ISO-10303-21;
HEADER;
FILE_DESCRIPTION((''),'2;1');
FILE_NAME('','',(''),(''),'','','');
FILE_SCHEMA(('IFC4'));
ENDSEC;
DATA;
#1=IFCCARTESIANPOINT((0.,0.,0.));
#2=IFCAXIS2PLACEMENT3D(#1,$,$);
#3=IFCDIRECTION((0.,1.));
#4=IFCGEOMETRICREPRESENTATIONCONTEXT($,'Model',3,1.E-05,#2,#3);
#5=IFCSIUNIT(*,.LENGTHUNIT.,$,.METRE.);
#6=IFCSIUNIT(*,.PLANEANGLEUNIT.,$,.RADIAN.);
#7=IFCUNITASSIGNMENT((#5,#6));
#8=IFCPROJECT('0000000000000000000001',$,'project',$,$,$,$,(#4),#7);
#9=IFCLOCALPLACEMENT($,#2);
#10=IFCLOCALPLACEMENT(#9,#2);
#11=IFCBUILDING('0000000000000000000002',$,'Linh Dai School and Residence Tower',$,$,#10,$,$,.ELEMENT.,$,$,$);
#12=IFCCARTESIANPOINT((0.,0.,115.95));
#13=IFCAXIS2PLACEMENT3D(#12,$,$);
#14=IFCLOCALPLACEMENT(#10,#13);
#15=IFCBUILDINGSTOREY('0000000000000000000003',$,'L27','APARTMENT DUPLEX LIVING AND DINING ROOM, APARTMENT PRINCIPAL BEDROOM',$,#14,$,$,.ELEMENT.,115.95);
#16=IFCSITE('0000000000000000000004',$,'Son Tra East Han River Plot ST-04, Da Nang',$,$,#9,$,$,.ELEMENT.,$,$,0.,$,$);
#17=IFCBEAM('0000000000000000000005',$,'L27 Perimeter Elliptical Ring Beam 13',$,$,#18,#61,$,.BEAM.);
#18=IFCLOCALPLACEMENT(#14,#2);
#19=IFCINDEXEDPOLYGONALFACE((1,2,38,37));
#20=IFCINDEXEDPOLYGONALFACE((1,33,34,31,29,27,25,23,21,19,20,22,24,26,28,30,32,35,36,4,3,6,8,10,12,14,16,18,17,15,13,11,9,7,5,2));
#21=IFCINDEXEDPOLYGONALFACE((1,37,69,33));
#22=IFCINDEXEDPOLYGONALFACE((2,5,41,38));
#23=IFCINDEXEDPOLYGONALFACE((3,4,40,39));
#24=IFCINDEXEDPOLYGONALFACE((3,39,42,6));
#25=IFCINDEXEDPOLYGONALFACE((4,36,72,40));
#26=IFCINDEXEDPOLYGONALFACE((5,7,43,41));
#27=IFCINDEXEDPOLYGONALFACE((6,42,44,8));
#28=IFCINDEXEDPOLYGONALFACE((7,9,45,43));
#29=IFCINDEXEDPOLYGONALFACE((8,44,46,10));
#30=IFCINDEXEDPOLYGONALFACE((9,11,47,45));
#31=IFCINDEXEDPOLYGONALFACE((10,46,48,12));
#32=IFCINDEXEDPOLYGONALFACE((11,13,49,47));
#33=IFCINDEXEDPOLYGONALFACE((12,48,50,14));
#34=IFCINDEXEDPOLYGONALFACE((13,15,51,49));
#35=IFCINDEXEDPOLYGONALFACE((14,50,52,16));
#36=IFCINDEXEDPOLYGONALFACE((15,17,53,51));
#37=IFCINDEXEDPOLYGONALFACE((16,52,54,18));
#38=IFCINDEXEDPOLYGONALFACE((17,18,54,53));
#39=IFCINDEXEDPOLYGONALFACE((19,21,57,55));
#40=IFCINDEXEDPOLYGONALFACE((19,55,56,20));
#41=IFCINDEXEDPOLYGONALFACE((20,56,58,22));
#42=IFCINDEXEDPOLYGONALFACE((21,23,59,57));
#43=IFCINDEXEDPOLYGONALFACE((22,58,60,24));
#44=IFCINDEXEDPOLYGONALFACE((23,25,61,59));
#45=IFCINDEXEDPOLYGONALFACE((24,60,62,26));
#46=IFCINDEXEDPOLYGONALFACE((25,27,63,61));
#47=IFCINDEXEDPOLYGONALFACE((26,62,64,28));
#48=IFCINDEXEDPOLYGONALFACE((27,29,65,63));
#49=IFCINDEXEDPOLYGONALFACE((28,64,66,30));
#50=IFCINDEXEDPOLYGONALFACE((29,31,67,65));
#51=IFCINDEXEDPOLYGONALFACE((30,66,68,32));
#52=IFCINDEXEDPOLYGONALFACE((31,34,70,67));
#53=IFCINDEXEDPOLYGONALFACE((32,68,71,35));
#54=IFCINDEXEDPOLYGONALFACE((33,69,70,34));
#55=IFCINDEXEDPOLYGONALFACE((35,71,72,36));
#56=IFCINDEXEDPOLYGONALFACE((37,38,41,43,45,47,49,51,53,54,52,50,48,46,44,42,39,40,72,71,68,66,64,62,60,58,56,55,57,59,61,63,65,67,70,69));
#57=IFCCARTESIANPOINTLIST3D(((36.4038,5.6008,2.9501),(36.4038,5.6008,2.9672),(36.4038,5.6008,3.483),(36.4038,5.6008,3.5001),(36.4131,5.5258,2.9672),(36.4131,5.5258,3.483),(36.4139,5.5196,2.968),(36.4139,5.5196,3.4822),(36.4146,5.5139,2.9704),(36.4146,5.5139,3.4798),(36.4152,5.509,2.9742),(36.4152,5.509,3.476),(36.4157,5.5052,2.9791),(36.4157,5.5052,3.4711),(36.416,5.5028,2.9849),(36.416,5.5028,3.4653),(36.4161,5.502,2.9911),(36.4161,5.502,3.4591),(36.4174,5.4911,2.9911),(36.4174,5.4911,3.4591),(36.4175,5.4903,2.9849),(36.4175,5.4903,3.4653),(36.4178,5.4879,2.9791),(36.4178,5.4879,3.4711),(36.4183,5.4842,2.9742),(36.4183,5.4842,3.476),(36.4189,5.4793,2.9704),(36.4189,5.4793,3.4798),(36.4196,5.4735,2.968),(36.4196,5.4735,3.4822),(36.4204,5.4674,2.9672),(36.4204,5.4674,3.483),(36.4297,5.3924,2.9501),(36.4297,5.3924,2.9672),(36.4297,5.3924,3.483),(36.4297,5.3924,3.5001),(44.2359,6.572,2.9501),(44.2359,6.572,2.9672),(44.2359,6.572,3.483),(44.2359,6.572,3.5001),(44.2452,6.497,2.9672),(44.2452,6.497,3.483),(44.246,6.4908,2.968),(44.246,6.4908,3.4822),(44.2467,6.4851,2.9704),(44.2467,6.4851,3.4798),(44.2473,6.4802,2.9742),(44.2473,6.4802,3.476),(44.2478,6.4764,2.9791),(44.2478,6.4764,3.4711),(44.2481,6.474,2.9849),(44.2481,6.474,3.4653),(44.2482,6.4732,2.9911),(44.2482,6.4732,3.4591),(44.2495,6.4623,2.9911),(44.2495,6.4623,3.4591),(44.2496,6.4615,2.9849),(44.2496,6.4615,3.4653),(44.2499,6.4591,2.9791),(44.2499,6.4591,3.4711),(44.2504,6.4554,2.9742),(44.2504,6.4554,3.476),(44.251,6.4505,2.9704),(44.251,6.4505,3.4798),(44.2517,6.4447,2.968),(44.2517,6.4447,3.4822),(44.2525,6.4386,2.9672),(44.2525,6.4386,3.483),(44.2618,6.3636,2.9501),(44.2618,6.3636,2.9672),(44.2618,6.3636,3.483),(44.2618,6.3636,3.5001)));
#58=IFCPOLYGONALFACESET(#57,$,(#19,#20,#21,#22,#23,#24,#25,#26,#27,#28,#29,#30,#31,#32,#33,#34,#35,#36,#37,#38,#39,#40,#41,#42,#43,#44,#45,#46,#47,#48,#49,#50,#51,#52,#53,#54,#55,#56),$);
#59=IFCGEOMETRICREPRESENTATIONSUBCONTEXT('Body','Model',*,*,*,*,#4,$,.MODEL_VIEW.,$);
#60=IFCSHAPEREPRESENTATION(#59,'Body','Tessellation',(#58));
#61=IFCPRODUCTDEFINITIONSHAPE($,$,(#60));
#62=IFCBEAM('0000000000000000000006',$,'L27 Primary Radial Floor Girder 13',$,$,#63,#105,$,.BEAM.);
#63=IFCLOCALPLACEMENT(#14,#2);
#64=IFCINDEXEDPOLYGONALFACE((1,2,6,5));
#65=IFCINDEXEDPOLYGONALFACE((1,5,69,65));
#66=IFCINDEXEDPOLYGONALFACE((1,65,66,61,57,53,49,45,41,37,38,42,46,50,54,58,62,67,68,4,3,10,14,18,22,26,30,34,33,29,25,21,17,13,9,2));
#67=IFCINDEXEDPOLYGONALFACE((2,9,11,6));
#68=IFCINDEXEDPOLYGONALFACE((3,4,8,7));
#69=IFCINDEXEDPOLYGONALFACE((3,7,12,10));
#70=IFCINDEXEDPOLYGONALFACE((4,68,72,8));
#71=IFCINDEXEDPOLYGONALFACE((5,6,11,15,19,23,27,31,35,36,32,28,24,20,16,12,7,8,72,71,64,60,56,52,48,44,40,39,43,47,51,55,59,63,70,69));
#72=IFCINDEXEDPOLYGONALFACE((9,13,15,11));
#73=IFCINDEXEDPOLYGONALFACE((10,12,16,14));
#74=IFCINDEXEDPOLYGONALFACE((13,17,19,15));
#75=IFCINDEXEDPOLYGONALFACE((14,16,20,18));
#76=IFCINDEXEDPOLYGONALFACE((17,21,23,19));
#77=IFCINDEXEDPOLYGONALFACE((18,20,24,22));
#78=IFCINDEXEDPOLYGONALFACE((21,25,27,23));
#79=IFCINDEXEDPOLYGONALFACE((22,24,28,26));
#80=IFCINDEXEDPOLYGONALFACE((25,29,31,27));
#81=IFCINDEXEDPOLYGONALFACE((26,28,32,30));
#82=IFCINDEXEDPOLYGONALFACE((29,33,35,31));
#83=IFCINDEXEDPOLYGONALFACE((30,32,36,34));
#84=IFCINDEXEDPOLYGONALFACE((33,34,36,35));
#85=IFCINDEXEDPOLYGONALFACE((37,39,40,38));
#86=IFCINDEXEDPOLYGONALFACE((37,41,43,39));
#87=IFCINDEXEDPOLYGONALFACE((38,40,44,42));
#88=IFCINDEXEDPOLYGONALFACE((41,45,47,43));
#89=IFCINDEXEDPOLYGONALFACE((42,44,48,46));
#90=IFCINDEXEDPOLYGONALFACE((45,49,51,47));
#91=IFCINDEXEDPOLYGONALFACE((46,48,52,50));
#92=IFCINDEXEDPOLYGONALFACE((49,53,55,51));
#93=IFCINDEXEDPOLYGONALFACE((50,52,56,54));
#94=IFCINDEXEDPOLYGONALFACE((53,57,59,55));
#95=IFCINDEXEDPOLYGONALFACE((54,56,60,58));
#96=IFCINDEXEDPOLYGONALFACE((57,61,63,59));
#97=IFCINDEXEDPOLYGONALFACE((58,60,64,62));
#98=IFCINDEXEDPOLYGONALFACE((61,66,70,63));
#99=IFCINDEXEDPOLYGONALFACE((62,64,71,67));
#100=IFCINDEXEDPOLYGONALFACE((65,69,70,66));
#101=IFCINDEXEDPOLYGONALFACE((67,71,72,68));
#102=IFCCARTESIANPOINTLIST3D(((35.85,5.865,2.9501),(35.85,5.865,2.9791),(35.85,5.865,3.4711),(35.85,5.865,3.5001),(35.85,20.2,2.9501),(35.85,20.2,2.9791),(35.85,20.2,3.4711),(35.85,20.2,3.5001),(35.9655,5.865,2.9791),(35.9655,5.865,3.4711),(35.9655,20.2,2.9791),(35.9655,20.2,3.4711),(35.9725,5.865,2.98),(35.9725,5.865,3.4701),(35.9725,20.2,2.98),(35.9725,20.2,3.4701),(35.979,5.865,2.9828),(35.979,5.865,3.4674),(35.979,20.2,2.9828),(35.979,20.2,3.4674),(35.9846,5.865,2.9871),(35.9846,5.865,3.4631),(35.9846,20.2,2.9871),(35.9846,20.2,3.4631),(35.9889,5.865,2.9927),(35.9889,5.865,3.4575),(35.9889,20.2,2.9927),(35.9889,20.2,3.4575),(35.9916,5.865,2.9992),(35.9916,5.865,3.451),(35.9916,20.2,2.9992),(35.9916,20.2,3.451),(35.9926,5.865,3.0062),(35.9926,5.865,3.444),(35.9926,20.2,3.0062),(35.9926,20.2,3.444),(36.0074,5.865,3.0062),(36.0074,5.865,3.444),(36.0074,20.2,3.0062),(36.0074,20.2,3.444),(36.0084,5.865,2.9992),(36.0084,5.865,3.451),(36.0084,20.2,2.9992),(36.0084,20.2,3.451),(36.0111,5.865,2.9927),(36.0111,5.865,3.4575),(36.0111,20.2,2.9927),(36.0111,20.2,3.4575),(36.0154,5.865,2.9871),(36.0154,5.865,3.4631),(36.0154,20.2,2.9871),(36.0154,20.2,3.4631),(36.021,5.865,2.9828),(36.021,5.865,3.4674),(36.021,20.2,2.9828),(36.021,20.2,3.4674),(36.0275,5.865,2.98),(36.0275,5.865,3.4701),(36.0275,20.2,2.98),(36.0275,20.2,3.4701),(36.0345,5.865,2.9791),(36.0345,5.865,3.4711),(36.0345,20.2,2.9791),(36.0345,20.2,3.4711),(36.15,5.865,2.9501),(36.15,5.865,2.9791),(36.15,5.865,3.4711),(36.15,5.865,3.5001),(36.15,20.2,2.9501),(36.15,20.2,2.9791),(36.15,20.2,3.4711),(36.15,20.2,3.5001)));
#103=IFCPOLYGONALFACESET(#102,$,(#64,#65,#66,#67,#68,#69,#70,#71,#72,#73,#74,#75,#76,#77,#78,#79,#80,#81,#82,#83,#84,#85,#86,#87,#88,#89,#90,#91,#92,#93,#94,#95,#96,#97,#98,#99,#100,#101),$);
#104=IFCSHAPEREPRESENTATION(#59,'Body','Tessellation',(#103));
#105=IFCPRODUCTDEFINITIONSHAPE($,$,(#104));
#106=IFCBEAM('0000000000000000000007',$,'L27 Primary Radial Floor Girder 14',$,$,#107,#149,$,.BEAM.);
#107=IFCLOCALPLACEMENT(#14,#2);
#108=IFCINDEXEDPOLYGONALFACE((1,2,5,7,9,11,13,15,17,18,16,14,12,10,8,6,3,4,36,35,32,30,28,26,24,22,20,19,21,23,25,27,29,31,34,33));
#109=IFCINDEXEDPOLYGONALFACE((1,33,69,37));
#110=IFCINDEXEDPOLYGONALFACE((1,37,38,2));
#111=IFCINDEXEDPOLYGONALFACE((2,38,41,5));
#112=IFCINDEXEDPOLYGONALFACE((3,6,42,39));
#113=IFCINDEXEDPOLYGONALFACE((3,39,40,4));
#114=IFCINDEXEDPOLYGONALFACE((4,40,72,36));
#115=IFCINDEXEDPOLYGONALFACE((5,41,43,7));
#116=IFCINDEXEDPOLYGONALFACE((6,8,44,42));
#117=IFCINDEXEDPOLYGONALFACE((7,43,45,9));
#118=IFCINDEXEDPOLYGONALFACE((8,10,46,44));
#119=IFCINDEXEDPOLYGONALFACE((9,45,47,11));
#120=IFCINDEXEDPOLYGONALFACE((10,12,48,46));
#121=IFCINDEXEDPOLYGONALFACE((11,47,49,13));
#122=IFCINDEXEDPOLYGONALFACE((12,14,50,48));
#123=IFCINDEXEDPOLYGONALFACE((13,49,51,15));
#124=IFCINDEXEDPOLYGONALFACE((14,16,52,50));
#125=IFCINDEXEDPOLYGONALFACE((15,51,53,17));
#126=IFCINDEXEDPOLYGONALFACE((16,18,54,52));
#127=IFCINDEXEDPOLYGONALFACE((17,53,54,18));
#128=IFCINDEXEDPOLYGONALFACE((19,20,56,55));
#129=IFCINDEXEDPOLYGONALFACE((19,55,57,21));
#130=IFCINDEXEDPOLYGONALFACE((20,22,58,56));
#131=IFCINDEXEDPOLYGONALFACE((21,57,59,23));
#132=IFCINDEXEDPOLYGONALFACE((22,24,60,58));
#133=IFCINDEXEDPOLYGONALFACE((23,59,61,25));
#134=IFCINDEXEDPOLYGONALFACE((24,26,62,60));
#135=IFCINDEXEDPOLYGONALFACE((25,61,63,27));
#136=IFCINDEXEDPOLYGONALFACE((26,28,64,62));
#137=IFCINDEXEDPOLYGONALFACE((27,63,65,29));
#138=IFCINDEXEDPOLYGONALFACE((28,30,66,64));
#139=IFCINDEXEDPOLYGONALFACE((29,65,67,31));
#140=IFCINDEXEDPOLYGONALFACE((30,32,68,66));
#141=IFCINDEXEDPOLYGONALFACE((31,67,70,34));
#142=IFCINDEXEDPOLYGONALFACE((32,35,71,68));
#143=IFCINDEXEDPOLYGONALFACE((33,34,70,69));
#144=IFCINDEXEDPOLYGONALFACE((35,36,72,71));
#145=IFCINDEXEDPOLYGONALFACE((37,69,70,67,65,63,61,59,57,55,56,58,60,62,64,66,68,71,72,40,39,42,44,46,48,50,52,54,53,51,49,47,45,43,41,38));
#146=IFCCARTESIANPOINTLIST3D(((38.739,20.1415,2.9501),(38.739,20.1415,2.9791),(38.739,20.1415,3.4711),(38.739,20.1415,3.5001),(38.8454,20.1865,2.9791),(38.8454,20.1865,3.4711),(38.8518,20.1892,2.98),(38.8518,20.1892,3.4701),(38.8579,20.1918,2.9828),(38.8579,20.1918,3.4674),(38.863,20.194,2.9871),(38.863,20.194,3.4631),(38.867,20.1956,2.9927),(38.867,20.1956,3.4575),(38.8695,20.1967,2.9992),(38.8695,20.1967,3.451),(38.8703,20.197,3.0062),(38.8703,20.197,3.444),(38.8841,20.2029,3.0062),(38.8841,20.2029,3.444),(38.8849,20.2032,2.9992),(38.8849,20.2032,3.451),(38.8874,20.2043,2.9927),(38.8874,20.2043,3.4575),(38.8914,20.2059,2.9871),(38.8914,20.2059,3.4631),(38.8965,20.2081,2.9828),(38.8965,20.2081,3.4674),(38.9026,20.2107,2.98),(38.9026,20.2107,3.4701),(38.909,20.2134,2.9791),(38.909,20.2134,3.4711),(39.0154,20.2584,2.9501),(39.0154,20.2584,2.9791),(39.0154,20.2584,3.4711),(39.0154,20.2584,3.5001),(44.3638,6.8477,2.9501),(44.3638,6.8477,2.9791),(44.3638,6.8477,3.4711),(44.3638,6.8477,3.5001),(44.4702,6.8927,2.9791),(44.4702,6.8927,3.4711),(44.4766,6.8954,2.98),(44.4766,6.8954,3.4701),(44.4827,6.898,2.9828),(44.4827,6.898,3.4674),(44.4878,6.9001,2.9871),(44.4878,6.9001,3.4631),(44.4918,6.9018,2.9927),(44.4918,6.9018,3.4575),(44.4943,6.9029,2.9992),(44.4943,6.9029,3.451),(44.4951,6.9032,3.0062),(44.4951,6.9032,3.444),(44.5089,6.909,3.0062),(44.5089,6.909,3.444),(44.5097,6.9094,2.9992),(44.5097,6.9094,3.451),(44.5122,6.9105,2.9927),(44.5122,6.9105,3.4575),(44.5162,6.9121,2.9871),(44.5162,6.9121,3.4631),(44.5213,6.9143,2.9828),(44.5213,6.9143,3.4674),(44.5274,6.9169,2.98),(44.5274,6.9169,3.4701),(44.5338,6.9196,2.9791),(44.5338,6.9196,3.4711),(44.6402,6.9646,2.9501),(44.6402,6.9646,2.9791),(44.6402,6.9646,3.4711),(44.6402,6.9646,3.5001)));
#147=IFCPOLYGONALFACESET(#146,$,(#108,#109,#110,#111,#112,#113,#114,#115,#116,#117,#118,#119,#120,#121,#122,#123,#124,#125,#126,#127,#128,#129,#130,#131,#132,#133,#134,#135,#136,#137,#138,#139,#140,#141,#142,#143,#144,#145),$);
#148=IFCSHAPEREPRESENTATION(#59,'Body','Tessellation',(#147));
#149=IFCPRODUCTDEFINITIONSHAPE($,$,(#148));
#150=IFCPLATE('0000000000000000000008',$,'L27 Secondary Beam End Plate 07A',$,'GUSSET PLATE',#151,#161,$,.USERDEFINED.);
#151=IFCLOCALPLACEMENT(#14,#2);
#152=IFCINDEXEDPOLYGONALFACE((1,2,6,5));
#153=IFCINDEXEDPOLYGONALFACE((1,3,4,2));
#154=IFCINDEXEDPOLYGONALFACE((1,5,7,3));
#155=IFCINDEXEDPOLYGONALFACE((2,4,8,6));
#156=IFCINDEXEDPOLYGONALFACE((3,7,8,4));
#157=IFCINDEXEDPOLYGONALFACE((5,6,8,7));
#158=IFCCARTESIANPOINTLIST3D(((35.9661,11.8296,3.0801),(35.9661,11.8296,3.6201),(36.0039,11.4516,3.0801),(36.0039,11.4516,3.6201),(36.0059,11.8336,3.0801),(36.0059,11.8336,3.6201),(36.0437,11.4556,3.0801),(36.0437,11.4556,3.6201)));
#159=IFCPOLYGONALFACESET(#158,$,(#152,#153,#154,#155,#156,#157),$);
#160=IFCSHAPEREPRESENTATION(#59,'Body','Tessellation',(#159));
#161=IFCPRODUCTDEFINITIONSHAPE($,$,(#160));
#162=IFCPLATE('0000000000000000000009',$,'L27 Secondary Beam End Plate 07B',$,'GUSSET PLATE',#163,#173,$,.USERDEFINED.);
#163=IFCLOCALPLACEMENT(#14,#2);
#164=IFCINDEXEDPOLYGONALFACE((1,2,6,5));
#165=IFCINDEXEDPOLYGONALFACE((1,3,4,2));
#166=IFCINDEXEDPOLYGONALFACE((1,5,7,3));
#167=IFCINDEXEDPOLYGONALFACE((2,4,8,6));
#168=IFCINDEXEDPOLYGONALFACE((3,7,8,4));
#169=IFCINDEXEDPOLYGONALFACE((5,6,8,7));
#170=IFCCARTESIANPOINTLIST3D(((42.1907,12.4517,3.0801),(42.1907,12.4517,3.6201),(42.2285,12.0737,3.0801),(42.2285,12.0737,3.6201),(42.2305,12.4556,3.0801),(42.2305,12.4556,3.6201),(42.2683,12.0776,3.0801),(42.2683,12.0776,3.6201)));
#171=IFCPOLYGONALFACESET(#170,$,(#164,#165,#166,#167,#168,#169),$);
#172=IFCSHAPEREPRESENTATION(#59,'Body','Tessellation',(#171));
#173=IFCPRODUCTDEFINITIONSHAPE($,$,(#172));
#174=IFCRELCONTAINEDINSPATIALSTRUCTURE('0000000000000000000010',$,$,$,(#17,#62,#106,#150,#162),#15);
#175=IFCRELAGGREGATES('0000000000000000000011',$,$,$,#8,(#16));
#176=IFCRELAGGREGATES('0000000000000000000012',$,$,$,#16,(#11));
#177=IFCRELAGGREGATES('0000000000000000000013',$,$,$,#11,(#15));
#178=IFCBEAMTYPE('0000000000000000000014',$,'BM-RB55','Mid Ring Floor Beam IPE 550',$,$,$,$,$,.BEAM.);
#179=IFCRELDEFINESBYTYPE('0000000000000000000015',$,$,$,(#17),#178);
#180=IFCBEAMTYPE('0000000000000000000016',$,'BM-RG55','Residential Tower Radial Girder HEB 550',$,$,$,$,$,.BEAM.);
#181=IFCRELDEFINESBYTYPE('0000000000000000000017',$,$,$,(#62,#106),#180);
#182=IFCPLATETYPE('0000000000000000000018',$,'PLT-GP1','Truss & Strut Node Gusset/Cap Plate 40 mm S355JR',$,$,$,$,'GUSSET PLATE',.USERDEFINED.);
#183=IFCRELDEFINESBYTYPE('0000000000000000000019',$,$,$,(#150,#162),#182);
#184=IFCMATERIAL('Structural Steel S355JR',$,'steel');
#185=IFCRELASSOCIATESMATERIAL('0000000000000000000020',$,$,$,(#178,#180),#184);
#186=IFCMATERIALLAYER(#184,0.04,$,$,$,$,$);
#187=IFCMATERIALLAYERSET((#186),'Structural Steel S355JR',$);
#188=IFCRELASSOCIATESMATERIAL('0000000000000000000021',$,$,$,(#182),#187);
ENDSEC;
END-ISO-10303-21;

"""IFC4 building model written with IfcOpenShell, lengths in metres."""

from ifc_helpers import new_model, si_unit, direction, frame, origin, origin_2d, place, context, subcontext, project, spatial, rectangle, i_section, extrude, source, transform, mapped, material, layer, layer_set, material_profile, profile_set, type_object, element, save


model = new_model("IFC4")

# Units and contexts
model_context = context("Model", 3, precision=1e-05, world=origin(), true_north=direction((0.0, 1.0)))
body_context = subcontext(model_context, "Body", "Model", "MODEL_VIEW")
ifc_project = project(units=[si_unit("LENGTHUNIT", "METRE"), si_unit("PLANEANGLEUNIT", "RADIAN")], contexts=[model_context])

# Site, building, storey
site_placement = place(None, origin())
site = spatial("IfcSite", under=ifc_project, at=site_placement, Name="Son Tra East Han River Plot ST-04, Da Nang", CompositionType="ELEMENT", RefElevation=0.0)
building_placement = place(site_placement, origin())
building = spatial("IfcBuilding", under=site, at=building_placement, Name="Linh Dai School and Residence Tower", CompositionType="ELEMENT")
storey_placement = place(building_placement, frame((0.0, 0.0, 115.95)))
storey = spatial("IfcBuildingStorey", under=building, at=storey_placement, Name="L27", Description="APARTMENT DUPLEX LIVING AND DINING ROOM, APARTMENT PRINCIPAL BEDROOM", CompositionType="ELEMENT", Elevation=115.95)

# Shared definitions
ifc_material_1 = material(Name="Structural Steel S355JR", Category="steel")

# Beams
ifc_material_profile_1 = material_profile(ifc_material_1, i_section(OverallWidth=0.21, OverallDepth=0.55, WebThickness=0.011, FlangeThickness=0.0171, FilletRadius=0.0239, at=origin_2d()), Name="IPE 550")
ifc_profile_set_1 = profile_set([ifc_material_profile_1], Name="Structural Steel S355JR")
beam_type_1 = type_object("IfcBeamType", Name="BM-RB55", Description="Mid Ring Floor Beam IPE 550", PredefinedType="BEAM", material=ifc_profile_set_1)
beam_1_placement = place(storey_placement, frame((36.4167, 5.4966, 3.2251), z_axis=(0.992399, 0.12306, 0.0), x_axis=(-0.12306, 0.992399, 0.0)))
element("IfcBeam", 1, at=beam_1_placement, inside=storey, type_object=beam_type_1, Name="L27 Perimeter Elliptical Ring Beam 13", PredefinedType="BEAM", context=body_context, shape_type="SweptSolid", body=[
    extrude(i_section(OverallWidth=0.21, OverallDepth=0.55, WebThickness=0.011, FlangeThickness=0.0171, FilletRadius=0.0239, at=origin_2d()), origin(), (0.0, 0.0, 1.0), 7.8921),
])
ifc_material_profile_2 = material_profile(ifc_material_1, i_section(OverallWidth=0.3, OverallDepth=0.55, WebThickness=0.0149, FlangeThickness=0.0291, FilletRadius=0.0271, at=origin_2d()), Name="HEB 550")
ifc_profile_set_2 = profile_set([ifc_material_profile_2], Name="Structural Steel S355JR")
beam_type_2 = type_object("IfcBeamType", Name="BM-RG55", Description="Residential Tower Radial Girder HEB 550", PredefinedType="BEAM", material=ifc_profile_set_2)
beam_2_placement = place(storey_placement, frame((36.0, 20.2, 3.2251), z_axis=(0.0, -1.0, 0.0), x_axis=(1.0, 0.0, 0.0)))
element("IfcBeam", 2, at=beam_2_placement, inside=storey, type_object=beam_type_2, Name="L27 Primary Radial Floor Girder 13", PredefinedType="BEAM", context=body_context, shape_type="SweptSolid", body=[
    extrude(i_section(OverallWidth=0.3, OverallDepth=0.55, WebThickness=0.0149, FlangeThickness=0.0291, FilletRadius=0.0271, at=origin_2d()), origin(), (0.0, 0.0, 1.0), 14.335),
])
beam_3_placement = place(storey_placement, frame((38.8772, 20.2, 3.2251), z_axis=(0.389669, -0.920955, 0.0), x_axis=(0.920955, 0.389669, 0.0)))
element("IfcBeam", 3, at=beam_3_placement, inside=storey, type_object=beam_type_2, Name="L27 Primary Radial Floor Girder 14", PredefinedType="BEAM", context=body_context, shape_type="SweptSolid", body=[
    extrude(i_section(OverallWidth=0.3, OverallDepth=0.55, WebThickness=0.0149, FlangeThickness=0.0291, FilletRadius=0.0271, at=origin_2d()), origin(), (0.0, 0.0, 1.0), 14.4348),
])

# Plates
ifc_layer_1 = layer(ifc_material_1, 0.04)
ifc_layer_set_1 = layer_set([ifc_layer_1], Name="Structural Steel S355JR")
plate_type = type_object("IfcPlateType", Name="PLT-GP1", Description="Truss & Strut Node Gusset/Cap Plate 40 mm S355JR", ElementType="GUSSET PLATE", PredefinedType="USERDEFINED", material=ifc_layer_set_1)
shared_shape_1 = source(origin(), body_context, "Body", "SweptSolid", [
    extrude(rectangle(XDim=0.04, YDim=0.3799, at=origin_2d()), origin(), (0.0, 0.0, 1.0), 0.54),
])
for number, where, z_axis, x_axis, name in (
    (4, (36.0049, 11.6426, 3.0801), (0.0, 0.0, 1.0), (0.995042, 0.099458, 0.0), "L27 Secondary Beam End Plate 07A"),
    (5, (42.2295, 12.2646, 3.0801), (0.0, 0.0, 1.0), (0.995042, 0.099458, 0.0), "L27 Secondary Beam End Plate 07B"),
):
    element("IfcPlate", number, at=place(storey_placement, frame(where, z_axis=z_axis, x_axis=x_axis)), inside=storey, type_object=plate_type, Name=name, ObjectType="GUSSET PLATE", PredefinedType="USERDEFINED", context=body_context, shape_type="MappedRepresentation", body=[
        mapped(shared_shape_1, transform((0.0, 0.0, 0.0), x_axis=(1.0, 0.0, 0.0), y_axis=(0.0, 1.0, 0.0), z_axis=(0.0, 0.0, 1.0), scale=1.0)),
    ])

save(model, "model.ifc")
